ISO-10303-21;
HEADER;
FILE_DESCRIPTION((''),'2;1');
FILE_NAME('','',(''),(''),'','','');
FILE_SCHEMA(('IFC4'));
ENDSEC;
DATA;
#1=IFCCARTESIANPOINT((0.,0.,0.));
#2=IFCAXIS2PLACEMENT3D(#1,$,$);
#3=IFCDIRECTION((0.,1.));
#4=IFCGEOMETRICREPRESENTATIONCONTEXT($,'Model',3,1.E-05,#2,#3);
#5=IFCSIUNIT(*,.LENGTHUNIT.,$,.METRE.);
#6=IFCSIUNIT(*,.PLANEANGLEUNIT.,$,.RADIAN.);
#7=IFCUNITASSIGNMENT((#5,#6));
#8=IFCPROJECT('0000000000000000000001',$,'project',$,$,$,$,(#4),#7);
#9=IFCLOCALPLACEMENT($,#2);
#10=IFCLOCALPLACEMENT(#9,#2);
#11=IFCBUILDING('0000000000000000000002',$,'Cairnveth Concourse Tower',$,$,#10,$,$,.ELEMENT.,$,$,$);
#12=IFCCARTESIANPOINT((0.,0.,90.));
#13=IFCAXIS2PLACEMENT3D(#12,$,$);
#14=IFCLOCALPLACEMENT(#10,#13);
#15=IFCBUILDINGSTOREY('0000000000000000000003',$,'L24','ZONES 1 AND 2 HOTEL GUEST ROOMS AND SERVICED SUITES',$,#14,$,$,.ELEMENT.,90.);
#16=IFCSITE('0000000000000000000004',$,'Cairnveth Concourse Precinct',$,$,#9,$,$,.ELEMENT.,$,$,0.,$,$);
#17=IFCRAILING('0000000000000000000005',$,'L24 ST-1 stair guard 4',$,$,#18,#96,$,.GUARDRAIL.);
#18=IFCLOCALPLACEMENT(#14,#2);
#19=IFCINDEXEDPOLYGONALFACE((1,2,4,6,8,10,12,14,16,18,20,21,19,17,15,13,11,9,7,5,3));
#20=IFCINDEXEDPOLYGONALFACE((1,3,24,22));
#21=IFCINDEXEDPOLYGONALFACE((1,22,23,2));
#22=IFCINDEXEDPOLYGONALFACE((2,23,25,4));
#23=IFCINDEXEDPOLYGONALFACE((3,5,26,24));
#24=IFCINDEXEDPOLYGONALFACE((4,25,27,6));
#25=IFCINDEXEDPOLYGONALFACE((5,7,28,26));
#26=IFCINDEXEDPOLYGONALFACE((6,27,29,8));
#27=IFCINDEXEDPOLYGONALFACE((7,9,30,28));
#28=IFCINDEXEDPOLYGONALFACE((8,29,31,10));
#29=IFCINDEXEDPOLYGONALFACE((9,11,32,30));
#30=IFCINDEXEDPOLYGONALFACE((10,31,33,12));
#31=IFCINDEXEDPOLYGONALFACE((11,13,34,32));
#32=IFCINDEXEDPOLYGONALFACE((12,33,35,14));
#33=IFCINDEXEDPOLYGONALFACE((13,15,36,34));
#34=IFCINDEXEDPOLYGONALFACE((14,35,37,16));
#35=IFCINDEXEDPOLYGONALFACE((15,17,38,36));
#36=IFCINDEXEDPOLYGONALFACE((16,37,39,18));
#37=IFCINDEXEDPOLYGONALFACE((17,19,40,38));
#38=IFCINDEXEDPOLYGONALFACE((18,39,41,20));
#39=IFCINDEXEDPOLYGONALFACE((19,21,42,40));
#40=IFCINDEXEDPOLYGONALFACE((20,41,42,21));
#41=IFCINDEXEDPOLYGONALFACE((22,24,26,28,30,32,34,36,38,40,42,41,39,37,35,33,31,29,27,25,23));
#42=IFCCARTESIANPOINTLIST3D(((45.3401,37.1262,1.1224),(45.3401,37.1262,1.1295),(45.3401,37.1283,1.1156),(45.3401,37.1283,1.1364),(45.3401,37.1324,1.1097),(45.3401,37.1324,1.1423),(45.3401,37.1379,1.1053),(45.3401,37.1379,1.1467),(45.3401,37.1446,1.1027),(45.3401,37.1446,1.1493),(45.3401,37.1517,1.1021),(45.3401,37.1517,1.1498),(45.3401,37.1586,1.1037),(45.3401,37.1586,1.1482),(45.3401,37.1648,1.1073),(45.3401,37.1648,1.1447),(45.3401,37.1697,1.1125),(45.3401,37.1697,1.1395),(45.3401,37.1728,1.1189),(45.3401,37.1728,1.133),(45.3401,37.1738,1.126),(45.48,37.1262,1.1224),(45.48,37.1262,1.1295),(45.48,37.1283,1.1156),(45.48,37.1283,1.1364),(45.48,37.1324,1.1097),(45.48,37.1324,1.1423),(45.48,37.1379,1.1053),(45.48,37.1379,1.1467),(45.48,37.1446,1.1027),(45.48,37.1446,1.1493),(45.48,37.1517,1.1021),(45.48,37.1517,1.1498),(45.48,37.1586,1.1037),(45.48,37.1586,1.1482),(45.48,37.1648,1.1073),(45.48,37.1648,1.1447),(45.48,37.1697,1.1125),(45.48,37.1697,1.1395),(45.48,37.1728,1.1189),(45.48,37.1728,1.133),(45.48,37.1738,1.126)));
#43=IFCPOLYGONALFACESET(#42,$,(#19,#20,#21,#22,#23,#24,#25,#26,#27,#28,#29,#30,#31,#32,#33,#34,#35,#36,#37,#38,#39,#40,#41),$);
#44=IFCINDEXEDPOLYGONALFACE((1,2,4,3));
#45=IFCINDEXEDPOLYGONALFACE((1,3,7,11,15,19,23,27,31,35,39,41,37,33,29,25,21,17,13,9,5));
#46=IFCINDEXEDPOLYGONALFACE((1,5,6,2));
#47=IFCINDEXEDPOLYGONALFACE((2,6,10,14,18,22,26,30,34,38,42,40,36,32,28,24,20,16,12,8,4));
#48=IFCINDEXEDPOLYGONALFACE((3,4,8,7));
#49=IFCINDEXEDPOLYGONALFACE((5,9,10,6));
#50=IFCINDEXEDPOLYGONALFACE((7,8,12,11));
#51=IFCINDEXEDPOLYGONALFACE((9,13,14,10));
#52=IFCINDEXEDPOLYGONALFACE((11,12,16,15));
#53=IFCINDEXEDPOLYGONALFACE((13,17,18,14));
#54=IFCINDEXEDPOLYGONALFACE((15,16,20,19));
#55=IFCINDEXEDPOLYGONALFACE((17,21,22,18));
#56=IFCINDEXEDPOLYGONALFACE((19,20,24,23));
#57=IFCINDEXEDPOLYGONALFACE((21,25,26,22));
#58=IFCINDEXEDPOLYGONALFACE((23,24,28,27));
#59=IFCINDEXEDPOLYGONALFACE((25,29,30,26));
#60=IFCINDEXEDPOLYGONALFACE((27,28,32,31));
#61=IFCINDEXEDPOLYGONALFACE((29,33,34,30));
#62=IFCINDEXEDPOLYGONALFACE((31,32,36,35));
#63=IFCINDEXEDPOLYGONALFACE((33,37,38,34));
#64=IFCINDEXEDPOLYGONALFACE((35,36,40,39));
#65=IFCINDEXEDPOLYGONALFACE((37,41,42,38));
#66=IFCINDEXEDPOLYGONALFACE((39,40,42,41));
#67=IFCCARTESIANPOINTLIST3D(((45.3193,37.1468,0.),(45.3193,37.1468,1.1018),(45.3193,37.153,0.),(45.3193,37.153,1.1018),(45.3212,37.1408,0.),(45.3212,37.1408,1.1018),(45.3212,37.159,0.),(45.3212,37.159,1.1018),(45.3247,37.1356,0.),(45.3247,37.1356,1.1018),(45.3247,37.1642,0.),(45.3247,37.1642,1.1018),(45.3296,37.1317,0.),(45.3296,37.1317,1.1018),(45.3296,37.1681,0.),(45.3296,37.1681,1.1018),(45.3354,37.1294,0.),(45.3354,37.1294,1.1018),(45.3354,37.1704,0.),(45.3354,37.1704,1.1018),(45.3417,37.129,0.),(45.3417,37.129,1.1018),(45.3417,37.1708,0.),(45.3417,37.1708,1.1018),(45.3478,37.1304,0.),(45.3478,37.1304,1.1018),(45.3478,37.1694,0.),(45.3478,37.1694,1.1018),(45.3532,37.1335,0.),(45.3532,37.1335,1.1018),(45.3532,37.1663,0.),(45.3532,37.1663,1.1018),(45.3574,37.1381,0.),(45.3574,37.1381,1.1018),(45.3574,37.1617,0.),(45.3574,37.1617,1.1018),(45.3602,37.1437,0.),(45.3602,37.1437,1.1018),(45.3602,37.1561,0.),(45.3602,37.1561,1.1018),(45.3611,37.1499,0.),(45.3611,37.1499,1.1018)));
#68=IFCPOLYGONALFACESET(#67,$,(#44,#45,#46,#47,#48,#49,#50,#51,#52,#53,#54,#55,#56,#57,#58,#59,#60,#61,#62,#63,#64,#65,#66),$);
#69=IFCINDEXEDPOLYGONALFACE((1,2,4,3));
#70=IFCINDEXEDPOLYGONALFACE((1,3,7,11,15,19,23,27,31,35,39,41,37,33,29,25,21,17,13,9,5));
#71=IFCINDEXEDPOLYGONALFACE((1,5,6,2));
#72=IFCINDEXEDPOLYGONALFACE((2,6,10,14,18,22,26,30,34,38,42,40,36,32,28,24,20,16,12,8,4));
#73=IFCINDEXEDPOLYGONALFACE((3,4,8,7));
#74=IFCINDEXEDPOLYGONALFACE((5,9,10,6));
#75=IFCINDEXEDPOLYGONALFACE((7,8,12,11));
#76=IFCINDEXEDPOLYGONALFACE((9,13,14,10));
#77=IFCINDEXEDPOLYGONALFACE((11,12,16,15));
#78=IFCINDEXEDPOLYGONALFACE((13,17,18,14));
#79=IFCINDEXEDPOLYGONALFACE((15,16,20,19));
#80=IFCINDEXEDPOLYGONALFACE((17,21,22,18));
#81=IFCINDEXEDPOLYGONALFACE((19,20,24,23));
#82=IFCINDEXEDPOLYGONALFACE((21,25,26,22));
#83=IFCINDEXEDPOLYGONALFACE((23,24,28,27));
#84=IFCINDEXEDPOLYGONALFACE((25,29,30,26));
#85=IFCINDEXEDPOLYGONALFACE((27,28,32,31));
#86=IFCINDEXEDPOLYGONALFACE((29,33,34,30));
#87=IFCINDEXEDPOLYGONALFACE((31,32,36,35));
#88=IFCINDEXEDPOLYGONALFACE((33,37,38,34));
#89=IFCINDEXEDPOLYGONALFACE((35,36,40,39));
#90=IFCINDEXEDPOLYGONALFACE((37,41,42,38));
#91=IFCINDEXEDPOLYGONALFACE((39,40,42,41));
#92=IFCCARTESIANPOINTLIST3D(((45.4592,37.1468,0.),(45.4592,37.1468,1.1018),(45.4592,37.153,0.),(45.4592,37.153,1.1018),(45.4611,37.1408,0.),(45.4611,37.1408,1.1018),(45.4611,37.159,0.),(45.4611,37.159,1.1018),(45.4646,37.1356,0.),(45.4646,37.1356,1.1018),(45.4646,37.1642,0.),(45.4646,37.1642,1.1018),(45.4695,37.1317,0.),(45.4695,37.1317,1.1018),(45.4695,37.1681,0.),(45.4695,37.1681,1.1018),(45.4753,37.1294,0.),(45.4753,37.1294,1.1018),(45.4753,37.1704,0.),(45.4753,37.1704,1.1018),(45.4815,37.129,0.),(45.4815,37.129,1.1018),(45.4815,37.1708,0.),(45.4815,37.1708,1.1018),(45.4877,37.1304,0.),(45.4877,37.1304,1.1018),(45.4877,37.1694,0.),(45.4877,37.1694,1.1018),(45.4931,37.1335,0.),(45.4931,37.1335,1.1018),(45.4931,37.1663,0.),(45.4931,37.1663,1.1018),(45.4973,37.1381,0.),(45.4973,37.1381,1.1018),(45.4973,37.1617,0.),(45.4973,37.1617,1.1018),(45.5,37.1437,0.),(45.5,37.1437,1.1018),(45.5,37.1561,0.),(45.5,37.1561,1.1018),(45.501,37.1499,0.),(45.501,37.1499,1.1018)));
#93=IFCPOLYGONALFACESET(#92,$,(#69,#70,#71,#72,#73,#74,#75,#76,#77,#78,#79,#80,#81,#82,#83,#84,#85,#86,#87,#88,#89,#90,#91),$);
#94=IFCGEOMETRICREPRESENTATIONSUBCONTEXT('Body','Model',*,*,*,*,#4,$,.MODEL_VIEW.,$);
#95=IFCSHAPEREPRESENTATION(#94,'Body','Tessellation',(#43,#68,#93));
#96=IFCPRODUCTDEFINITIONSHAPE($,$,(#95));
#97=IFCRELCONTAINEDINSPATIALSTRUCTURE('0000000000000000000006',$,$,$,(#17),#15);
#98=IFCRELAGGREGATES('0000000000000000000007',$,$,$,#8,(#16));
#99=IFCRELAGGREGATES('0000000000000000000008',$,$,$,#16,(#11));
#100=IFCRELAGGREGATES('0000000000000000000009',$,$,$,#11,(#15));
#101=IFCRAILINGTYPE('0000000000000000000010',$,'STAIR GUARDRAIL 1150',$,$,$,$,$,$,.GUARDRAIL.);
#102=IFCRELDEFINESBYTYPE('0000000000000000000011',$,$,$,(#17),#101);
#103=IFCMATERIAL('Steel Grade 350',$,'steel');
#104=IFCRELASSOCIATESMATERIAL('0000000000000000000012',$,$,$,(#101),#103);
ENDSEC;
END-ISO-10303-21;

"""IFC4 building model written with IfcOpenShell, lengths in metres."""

from ifc_helpers import new_model, si_unit, direction, frame, origin, origin_2d, place, context, subcontext, project, spatial, circle, extrude, material, type_object, element, save


model = new_model("IFC4")

# Units and contexts
model_context = context("Model", 3, precision=1e-05, world=origin(), true_north=direction((0.0, 1.0)))
body_context = subcontext(model_context, "Body", "Model", "MODEL_VIEW")
ifc_project = project(units=[si_unit("LENGTHUNIT", "METRE"), si_unit("PLANEANGLEUNIT", "RADIAN")], contexts=[model_context])

# Site, building, storey
site_placement = place(None, origin())
site = spatial("IfcSite", under=ifc_project, at=site_placement, Name="Cairnveth Concourse Precinct", CompositionType="ELEMENT", RefElevation=0.0)
building_placement = place(site_placement, origin())
building = spatial("IfcBuilding", under=site, at=building_placement, Name="Cairnveth Concourse Tower", CompositionType="ELEMENT")
storey_placement = place(building_placement, frame((0.0, 0.0, 90.0)))
storey = spatial("IfcBuildingStorey", under=building, at=storey_placement, Name="L24", Description="ZONES 1 AND 2 HOTEL GUEST ROOMS AND SERVICED SUITES", CompositionType="ELEMENT", Elevation=90.0)

# Shared definitions
ifc_material_1 = material(Name="Steel Grade 350", Category="steel")

# Railing
railing_type = type_object("IfcRailingType", Name="STAIR GUARDRAIL 1150", PredefinedType="GUARDRAIL", material=ifc_material_1)
railing_1_placement = place(storey_placement, frame((45.3401, 37.1499, 0.0)))
element("IfcRailing", 1, at=railing_1_placement, inside=storey, type_object=railing_type, Name="L24 ST-1 stair guard 4", PredefinedType="GUARDRAIL", context=body_context, shape_type="SweptSolid", body=[
    extrude(circle(Radius=0.0239, at=origin_2d()), frame((0.0, 0.0, 1.126), z_axis=(1.0, 0.0, 0.0), x_axis=(0.0, 1.0, 0.0)), (0.0, 0.0, 1.0), 0.1399),
    extrude(circle(Radius=0.021, at=origin_2d()), origin(), (0.0, 0.0, 1.0), 1.1018),
    extrude(circle(Radius=0.021, at=origin_2d()), frame((0.1399, 0.0, 0.0)), (0.0, 0.0, 1.0), 1.1018),
])

save(model, "model.ifc")
